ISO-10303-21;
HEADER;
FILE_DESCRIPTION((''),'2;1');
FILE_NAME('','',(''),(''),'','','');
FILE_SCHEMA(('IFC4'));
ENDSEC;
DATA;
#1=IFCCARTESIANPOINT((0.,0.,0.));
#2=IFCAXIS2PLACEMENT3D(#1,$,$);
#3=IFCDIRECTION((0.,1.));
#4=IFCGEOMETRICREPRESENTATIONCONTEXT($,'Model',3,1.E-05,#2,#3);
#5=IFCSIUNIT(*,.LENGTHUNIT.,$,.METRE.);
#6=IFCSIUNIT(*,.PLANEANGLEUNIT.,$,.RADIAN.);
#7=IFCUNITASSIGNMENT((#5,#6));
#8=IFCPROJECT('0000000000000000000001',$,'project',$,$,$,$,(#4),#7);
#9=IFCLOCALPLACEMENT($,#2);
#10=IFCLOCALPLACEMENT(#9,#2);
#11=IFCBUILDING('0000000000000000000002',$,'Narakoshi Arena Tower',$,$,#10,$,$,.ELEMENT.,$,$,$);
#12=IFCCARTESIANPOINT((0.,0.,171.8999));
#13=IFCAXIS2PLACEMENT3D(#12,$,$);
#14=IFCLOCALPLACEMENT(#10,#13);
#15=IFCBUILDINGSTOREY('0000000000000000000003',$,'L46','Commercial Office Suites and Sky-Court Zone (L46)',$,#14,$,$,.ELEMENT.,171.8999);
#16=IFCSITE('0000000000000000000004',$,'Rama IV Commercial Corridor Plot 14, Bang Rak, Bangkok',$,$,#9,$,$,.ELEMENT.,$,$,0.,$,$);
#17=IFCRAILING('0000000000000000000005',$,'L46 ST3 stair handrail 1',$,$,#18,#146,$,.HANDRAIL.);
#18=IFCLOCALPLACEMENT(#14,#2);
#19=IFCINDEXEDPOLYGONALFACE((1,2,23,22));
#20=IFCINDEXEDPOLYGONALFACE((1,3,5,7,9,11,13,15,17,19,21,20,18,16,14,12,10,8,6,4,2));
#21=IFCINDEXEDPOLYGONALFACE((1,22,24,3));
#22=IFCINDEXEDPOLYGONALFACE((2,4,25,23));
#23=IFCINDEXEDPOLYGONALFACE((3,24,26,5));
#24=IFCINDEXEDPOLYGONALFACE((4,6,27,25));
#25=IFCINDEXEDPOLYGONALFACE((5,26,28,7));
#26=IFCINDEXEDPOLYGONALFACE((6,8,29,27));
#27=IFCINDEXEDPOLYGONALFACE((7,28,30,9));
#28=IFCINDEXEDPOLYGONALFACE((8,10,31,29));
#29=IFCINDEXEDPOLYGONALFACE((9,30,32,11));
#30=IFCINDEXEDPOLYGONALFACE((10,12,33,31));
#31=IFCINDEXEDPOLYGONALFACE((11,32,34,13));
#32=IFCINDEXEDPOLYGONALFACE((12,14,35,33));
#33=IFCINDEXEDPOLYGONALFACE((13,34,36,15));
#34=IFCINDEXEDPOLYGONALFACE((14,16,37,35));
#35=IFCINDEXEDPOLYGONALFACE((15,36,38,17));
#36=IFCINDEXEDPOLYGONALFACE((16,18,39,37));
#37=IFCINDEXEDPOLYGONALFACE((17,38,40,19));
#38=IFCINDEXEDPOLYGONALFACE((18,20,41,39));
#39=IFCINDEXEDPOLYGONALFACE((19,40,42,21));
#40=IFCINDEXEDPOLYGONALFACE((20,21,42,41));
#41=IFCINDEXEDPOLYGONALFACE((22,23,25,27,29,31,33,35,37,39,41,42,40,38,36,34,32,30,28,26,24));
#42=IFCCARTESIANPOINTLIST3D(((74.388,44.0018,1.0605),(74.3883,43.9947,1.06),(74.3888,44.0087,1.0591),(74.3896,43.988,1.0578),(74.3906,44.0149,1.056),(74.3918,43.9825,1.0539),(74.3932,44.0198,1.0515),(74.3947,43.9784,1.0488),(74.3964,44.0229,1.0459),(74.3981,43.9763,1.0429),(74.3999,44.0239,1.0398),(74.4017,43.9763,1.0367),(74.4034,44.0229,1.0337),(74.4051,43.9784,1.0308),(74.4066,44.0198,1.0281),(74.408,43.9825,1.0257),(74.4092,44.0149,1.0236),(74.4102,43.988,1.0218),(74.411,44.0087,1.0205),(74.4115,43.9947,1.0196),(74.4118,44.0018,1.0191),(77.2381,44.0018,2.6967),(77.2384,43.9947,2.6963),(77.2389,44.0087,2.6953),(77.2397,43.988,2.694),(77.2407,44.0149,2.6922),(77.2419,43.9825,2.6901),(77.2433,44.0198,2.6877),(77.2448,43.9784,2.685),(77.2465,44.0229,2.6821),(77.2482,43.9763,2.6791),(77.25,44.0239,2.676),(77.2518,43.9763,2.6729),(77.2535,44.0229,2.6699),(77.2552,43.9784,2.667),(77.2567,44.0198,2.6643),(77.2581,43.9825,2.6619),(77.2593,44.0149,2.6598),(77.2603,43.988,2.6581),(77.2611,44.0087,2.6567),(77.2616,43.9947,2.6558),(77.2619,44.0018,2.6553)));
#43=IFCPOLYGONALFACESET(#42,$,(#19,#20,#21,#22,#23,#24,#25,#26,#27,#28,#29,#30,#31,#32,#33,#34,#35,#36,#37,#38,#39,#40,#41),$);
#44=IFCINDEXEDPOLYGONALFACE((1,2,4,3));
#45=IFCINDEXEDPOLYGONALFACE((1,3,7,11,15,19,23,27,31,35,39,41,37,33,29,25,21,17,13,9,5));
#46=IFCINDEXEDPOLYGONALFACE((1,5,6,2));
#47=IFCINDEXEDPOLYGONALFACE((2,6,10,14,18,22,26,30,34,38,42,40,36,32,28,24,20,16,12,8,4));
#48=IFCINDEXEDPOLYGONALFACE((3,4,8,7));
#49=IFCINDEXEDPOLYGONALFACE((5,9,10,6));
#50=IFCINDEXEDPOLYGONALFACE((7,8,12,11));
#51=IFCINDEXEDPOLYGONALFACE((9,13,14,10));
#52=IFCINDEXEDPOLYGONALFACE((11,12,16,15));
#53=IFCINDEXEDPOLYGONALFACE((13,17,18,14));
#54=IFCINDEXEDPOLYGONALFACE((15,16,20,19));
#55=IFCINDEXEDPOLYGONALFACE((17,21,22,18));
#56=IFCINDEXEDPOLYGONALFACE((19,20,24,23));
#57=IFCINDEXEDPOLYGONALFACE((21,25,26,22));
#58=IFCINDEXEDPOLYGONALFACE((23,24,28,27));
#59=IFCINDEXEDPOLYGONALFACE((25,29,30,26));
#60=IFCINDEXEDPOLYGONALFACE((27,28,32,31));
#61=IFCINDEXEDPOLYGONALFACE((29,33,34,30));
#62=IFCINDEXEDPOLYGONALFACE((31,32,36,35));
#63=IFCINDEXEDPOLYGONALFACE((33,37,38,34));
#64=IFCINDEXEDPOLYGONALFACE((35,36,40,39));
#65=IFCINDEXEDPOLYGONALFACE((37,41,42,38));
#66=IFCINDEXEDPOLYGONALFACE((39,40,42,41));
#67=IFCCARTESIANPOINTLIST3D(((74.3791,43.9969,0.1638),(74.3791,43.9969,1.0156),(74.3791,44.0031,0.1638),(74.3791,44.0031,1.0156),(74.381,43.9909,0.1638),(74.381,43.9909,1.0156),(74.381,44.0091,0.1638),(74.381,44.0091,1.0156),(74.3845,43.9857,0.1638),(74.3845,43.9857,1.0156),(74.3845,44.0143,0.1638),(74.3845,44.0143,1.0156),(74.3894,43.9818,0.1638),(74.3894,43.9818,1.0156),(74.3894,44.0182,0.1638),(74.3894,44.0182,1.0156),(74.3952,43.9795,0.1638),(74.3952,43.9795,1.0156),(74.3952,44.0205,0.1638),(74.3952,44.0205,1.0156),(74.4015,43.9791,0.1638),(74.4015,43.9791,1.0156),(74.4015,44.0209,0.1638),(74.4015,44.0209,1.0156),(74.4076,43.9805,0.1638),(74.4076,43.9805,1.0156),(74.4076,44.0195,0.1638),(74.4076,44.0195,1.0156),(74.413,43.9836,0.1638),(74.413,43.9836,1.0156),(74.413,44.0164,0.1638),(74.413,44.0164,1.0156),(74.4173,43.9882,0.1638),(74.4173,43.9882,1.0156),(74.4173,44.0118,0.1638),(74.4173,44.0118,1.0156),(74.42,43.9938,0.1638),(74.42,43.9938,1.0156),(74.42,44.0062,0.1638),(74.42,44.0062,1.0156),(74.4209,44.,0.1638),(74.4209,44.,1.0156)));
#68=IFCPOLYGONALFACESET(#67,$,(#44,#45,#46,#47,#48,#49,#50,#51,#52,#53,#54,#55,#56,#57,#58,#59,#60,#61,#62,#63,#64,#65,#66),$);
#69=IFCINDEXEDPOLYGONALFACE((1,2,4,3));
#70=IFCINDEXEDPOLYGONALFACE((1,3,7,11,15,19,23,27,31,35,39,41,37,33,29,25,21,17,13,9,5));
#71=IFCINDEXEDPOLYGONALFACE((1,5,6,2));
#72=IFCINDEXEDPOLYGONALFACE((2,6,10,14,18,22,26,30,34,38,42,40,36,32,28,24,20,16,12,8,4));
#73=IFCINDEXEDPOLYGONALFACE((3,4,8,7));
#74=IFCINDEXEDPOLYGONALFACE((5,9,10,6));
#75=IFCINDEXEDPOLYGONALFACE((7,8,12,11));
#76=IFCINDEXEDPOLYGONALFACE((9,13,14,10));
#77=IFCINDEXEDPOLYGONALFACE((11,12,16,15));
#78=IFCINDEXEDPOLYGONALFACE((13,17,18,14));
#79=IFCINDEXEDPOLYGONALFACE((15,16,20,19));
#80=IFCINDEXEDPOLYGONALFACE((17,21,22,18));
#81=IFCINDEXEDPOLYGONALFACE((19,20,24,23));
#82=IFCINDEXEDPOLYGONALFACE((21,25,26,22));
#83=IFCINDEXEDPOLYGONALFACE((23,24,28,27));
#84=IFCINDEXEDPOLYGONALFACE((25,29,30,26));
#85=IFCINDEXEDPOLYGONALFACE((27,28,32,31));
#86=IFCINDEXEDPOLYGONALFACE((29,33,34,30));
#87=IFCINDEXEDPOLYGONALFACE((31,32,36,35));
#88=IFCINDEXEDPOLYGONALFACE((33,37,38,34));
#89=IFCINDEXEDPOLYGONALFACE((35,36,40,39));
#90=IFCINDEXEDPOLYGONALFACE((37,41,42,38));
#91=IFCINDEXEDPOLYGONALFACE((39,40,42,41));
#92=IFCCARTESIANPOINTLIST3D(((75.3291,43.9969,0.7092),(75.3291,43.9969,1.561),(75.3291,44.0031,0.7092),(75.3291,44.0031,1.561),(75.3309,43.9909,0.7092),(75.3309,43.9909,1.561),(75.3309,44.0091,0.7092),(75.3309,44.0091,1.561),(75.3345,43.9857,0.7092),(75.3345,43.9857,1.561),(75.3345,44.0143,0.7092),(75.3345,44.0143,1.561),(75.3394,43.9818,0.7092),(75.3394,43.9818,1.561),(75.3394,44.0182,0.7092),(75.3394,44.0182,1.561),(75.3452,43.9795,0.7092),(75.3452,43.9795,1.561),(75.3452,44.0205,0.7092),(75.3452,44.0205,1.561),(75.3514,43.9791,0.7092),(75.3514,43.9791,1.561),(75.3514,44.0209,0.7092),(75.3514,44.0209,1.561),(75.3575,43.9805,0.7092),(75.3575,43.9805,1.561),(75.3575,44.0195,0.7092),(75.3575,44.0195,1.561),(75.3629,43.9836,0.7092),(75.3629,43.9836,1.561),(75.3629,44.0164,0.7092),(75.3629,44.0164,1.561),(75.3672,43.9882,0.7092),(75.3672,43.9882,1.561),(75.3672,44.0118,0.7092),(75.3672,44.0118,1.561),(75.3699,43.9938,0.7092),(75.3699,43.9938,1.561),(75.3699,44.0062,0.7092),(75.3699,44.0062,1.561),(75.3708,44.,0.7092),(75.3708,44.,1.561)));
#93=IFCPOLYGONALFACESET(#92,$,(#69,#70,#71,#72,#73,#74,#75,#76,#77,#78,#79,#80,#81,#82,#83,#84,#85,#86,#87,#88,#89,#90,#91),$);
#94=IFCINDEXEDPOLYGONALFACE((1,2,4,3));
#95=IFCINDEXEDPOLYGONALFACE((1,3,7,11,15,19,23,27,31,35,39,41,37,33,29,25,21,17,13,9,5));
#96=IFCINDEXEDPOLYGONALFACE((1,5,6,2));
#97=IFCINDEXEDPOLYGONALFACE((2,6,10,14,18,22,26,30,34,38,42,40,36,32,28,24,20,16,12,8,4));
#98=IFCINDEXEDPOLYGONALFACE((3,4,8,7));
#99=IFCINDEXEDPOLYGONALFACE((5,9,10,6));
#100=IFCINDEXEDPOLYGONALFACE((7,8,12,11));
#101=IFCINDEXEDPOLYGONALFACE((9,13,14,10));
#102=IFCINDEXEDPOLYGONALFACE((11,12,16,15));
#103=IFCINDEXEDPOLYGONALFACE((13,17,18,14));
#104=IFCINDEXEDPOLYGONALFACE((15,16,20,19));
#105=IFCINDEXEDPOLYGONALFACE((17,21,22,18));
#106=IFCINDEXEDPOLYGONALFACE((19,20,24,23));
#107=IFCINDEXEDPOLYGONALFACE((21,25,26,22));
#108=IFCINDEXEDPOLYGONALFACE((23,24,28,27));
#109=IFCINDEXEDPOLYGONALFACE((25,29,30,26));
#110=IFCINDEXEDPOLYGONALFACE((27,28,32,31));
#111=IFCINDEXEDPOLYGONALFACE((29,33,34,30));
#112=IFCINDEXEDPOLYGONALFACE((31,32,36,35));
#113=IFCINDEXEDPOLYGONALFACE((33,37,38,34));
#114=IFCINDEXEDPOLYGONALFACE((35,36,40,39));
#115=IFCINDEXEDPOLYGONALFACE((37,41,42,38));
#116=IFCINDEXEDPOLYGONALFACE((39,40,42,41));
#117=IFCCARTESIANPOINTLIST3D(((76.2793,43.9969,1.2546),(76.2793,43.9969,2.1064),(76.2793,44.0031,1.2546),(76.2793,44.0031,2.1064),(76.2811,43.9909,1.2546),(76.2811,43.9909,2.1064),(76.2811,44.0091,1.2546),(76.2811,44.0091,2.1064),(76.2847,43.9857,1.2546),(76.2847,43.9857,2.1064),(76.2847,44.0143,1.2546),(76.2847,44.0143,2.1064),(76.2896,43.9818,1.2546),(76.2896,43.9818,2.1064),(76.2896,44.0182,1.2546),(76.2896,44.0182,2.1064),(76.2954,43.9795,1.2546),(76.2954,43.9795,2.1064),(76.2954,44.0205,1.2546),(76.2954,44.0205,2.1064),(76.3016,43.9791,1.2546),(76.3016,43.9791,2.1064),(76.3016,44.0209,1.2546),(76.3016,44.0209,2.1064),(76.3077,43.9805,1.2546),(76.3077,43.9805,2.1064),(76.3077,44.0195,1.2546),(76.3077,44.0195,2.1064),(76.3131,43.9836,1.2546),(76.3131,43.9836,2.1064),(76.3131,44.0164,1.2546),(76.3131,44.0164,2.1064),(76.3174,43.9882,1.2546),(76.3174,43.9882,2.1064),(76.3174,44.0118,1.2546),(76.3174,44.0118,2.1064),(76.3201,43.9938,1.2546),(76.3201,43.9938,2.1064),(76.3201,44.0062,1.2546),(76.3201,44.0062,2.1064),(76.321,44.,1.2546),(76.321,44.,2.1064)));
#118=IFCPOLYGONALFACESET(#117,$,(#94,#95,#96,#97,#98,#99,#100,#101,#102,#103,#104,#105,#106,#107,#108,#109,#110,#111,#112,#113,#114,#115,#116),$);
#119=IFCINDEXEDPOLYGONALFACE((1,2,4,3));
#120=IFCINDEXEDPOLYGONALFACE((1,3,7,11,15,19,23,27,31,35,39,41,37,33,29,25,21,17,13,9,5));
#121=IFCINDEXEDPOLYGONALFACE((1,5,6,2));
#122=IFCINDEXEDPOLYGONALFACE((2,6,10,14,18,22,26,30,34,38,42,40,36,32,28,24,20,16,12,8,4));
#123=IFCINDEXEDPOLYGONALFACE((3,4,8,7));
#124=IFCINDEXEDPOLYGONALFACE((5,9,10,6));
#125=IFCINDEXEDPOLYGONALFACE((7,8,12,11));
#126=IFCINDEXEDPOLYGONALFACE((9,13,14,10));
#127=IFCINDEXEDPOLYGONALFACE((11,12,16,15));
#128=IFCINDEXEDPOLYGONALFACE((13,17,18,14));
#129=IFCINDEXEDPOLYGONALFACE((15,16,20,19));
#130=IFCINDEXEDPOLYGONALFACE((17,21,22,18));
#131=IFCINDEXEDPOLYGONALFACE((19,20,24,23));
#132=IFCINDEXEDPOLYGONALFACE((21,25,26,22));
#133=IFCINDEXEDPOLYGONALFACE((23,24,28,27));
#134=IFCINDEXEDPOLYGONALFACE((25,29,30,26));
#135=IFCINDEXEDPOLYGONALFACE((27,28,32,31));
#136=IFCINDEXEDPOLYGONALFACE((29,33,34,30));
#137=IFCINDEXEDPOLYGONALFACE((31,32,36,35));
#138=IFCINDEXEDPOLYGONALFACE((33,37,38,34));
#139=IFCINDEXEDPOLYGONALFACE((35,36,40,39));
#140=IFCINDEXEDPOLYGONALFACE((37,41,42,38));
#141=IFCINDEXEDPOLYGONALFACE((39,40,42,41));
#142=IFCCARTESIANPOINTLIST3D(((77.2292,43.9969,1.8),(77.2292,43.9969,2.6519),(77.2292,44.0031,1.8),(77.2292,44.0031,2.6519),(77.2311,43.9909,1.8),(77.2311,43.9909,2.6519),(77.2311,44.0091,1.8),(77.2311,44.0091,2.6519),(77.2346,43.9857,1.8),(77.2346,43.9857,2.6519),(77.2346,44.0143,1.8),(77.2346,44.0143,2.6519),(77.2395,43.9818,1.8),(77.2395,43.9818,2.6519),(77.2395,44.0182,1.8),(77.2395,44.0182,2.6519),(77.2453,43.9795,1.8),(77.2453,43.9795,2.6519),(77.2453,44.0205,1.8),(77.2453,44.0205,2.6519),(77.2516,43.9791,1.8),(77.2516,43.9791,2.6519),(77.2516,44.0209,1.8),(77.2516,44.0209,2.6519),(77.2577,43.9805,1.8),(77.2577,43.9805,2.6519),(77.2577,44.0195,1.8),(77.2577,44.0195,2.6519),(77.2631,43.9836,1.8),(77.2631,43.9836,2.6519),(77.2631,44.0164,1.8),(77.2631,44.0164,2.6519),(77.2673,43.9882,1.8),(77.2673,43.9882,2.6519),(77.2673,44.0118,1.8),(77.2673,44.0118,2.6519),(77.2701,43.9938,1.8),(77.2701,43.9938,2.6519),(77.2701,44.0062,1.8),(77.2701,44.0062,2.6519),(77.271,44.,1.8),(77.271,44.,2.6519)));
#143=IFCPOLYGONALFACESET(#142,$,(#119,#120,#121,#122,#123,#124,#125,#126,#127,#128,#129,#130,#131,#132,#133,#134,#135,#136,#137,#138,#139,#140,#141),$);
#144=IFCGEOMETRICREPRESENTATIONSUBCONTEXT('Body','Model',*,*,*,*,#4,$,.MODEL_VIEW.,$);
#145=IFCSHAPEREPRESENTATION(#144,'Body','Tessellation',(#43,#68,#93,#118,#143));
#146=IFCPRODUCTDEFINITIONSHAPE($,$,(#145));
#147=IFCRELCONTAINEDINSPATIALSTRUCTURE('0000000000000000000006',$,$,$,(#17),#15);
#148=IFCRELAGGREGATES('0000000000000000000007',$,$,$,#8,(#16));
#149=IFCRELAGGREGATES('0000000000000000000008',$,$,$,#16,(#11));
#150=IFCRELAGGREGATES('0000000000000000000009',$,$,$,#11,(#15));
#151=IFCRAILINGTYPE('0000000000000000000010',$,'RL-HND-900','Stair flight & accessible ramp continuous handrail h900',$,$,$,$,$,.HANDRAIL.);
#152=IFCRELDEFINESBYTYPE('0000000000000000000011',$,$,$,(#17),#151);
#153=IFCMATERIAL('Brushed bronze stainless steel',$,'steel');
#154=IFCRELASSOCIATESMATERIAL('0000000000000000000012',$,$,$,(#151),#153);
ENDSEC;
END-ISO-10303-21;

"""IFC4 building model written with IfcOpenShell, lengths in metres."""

from ifc_helpers import new_model, si_unit, direction, frame, origin, origin_2d, place, context, subcontext, project, spatial, circle, extrude, material, type_object, element, save


model = new_model("IFC4")

# Units and contexts
model_context = context("Model", 3, precision=1e-05, world=origin(), true_north=direction((0.0, 1.0)))
body_context = subcontext(model_context, "Body", "Model", "MODEL_VIEW")
ifc_project = project(units=[si_unit("LENGTHUNIT", "METRE"), si_unit("PLANEANGLEUNIT", "RADIAN")], contexts=[model_context])

# Site, building, storey
site_placement = place(None, origin())
site = spatial("IfcSite", under=ifc_project, at=site_placement, Name="Rama IV Commercial Corridor Plot 14, Bang Rak, Bangkok", CompositionType="ELEMENT", RefElevation=0.0)
building_placement = place(site_placement, origin())
building = spatial("IfcBuilding", under=site, at=building_placement, Name="Narakoshi Arena Tower", CompositionType="ELEMENT")
storey_placement = place(building_placement, frame((0.0, 0.0, 171.8999)))
storey = spatial("IfcBuildingStorey", under=building, at=storey_placement, Name="L46", Description="Commercial Office Suites and Sky-Court Zone (L46)", CompositionType="ELEMENT", Elevation=171.8999)

# Railing
ifc_material_1 = material(Name="Brushed bronze stainless steel", Category="steel")
railing_type_1 = type_object("IfcRailingType", Name="RL-HND-900", Description="Stair flight & accessible ramp continuous handrail h900", PredefinedType="HANDRAIL", material=ifc_material_1)
railing_1_placement = place(storey_placement, frame((74.3999, 44.0, 0.1638)))
element("IfcRailing", 1, at=railing_1_placement, inside=storey, type_object=railing_type_1, Name="L46 ST3 stair handrail 1", PredefinedType="HANDRAIL", context=body_context, shape_type="SweptSolid", body=[
    extrude(circle(Radius=0.0239, at=origin_2d()), frame((0.0, 0.0, 0.876), z_axis=(0.867245, 0.0, 0.497882), x_axis=(0.0, 1.0, 0.0)), (0.0, 0.0, 1.0), 3.2864),
    extrude(circle(Radius=0.021, at=origin_2d()), origin(), (0.0, 0.0, 1.0), 0.8518),
    extrude(circle(Radius=0.021, at=origin_2d()), frame((0.95, 0.0, 0.5454)), (0.0, 0.0, 1.0), 0.8518),
    extrude(circle(Radius=0.021, at=origin_2d()), frame((1.9001, 0.0, 1.0908)), (0.0, 0.0, 1.0), 0.8518),
    extrude(circle(Radius=0.021, at=origin_2d()), frame((2.8501, 0.0, 1.6362)), (0.0, 0.0, 1.0), 0.8518),
])

save(model, "model.ifc")
